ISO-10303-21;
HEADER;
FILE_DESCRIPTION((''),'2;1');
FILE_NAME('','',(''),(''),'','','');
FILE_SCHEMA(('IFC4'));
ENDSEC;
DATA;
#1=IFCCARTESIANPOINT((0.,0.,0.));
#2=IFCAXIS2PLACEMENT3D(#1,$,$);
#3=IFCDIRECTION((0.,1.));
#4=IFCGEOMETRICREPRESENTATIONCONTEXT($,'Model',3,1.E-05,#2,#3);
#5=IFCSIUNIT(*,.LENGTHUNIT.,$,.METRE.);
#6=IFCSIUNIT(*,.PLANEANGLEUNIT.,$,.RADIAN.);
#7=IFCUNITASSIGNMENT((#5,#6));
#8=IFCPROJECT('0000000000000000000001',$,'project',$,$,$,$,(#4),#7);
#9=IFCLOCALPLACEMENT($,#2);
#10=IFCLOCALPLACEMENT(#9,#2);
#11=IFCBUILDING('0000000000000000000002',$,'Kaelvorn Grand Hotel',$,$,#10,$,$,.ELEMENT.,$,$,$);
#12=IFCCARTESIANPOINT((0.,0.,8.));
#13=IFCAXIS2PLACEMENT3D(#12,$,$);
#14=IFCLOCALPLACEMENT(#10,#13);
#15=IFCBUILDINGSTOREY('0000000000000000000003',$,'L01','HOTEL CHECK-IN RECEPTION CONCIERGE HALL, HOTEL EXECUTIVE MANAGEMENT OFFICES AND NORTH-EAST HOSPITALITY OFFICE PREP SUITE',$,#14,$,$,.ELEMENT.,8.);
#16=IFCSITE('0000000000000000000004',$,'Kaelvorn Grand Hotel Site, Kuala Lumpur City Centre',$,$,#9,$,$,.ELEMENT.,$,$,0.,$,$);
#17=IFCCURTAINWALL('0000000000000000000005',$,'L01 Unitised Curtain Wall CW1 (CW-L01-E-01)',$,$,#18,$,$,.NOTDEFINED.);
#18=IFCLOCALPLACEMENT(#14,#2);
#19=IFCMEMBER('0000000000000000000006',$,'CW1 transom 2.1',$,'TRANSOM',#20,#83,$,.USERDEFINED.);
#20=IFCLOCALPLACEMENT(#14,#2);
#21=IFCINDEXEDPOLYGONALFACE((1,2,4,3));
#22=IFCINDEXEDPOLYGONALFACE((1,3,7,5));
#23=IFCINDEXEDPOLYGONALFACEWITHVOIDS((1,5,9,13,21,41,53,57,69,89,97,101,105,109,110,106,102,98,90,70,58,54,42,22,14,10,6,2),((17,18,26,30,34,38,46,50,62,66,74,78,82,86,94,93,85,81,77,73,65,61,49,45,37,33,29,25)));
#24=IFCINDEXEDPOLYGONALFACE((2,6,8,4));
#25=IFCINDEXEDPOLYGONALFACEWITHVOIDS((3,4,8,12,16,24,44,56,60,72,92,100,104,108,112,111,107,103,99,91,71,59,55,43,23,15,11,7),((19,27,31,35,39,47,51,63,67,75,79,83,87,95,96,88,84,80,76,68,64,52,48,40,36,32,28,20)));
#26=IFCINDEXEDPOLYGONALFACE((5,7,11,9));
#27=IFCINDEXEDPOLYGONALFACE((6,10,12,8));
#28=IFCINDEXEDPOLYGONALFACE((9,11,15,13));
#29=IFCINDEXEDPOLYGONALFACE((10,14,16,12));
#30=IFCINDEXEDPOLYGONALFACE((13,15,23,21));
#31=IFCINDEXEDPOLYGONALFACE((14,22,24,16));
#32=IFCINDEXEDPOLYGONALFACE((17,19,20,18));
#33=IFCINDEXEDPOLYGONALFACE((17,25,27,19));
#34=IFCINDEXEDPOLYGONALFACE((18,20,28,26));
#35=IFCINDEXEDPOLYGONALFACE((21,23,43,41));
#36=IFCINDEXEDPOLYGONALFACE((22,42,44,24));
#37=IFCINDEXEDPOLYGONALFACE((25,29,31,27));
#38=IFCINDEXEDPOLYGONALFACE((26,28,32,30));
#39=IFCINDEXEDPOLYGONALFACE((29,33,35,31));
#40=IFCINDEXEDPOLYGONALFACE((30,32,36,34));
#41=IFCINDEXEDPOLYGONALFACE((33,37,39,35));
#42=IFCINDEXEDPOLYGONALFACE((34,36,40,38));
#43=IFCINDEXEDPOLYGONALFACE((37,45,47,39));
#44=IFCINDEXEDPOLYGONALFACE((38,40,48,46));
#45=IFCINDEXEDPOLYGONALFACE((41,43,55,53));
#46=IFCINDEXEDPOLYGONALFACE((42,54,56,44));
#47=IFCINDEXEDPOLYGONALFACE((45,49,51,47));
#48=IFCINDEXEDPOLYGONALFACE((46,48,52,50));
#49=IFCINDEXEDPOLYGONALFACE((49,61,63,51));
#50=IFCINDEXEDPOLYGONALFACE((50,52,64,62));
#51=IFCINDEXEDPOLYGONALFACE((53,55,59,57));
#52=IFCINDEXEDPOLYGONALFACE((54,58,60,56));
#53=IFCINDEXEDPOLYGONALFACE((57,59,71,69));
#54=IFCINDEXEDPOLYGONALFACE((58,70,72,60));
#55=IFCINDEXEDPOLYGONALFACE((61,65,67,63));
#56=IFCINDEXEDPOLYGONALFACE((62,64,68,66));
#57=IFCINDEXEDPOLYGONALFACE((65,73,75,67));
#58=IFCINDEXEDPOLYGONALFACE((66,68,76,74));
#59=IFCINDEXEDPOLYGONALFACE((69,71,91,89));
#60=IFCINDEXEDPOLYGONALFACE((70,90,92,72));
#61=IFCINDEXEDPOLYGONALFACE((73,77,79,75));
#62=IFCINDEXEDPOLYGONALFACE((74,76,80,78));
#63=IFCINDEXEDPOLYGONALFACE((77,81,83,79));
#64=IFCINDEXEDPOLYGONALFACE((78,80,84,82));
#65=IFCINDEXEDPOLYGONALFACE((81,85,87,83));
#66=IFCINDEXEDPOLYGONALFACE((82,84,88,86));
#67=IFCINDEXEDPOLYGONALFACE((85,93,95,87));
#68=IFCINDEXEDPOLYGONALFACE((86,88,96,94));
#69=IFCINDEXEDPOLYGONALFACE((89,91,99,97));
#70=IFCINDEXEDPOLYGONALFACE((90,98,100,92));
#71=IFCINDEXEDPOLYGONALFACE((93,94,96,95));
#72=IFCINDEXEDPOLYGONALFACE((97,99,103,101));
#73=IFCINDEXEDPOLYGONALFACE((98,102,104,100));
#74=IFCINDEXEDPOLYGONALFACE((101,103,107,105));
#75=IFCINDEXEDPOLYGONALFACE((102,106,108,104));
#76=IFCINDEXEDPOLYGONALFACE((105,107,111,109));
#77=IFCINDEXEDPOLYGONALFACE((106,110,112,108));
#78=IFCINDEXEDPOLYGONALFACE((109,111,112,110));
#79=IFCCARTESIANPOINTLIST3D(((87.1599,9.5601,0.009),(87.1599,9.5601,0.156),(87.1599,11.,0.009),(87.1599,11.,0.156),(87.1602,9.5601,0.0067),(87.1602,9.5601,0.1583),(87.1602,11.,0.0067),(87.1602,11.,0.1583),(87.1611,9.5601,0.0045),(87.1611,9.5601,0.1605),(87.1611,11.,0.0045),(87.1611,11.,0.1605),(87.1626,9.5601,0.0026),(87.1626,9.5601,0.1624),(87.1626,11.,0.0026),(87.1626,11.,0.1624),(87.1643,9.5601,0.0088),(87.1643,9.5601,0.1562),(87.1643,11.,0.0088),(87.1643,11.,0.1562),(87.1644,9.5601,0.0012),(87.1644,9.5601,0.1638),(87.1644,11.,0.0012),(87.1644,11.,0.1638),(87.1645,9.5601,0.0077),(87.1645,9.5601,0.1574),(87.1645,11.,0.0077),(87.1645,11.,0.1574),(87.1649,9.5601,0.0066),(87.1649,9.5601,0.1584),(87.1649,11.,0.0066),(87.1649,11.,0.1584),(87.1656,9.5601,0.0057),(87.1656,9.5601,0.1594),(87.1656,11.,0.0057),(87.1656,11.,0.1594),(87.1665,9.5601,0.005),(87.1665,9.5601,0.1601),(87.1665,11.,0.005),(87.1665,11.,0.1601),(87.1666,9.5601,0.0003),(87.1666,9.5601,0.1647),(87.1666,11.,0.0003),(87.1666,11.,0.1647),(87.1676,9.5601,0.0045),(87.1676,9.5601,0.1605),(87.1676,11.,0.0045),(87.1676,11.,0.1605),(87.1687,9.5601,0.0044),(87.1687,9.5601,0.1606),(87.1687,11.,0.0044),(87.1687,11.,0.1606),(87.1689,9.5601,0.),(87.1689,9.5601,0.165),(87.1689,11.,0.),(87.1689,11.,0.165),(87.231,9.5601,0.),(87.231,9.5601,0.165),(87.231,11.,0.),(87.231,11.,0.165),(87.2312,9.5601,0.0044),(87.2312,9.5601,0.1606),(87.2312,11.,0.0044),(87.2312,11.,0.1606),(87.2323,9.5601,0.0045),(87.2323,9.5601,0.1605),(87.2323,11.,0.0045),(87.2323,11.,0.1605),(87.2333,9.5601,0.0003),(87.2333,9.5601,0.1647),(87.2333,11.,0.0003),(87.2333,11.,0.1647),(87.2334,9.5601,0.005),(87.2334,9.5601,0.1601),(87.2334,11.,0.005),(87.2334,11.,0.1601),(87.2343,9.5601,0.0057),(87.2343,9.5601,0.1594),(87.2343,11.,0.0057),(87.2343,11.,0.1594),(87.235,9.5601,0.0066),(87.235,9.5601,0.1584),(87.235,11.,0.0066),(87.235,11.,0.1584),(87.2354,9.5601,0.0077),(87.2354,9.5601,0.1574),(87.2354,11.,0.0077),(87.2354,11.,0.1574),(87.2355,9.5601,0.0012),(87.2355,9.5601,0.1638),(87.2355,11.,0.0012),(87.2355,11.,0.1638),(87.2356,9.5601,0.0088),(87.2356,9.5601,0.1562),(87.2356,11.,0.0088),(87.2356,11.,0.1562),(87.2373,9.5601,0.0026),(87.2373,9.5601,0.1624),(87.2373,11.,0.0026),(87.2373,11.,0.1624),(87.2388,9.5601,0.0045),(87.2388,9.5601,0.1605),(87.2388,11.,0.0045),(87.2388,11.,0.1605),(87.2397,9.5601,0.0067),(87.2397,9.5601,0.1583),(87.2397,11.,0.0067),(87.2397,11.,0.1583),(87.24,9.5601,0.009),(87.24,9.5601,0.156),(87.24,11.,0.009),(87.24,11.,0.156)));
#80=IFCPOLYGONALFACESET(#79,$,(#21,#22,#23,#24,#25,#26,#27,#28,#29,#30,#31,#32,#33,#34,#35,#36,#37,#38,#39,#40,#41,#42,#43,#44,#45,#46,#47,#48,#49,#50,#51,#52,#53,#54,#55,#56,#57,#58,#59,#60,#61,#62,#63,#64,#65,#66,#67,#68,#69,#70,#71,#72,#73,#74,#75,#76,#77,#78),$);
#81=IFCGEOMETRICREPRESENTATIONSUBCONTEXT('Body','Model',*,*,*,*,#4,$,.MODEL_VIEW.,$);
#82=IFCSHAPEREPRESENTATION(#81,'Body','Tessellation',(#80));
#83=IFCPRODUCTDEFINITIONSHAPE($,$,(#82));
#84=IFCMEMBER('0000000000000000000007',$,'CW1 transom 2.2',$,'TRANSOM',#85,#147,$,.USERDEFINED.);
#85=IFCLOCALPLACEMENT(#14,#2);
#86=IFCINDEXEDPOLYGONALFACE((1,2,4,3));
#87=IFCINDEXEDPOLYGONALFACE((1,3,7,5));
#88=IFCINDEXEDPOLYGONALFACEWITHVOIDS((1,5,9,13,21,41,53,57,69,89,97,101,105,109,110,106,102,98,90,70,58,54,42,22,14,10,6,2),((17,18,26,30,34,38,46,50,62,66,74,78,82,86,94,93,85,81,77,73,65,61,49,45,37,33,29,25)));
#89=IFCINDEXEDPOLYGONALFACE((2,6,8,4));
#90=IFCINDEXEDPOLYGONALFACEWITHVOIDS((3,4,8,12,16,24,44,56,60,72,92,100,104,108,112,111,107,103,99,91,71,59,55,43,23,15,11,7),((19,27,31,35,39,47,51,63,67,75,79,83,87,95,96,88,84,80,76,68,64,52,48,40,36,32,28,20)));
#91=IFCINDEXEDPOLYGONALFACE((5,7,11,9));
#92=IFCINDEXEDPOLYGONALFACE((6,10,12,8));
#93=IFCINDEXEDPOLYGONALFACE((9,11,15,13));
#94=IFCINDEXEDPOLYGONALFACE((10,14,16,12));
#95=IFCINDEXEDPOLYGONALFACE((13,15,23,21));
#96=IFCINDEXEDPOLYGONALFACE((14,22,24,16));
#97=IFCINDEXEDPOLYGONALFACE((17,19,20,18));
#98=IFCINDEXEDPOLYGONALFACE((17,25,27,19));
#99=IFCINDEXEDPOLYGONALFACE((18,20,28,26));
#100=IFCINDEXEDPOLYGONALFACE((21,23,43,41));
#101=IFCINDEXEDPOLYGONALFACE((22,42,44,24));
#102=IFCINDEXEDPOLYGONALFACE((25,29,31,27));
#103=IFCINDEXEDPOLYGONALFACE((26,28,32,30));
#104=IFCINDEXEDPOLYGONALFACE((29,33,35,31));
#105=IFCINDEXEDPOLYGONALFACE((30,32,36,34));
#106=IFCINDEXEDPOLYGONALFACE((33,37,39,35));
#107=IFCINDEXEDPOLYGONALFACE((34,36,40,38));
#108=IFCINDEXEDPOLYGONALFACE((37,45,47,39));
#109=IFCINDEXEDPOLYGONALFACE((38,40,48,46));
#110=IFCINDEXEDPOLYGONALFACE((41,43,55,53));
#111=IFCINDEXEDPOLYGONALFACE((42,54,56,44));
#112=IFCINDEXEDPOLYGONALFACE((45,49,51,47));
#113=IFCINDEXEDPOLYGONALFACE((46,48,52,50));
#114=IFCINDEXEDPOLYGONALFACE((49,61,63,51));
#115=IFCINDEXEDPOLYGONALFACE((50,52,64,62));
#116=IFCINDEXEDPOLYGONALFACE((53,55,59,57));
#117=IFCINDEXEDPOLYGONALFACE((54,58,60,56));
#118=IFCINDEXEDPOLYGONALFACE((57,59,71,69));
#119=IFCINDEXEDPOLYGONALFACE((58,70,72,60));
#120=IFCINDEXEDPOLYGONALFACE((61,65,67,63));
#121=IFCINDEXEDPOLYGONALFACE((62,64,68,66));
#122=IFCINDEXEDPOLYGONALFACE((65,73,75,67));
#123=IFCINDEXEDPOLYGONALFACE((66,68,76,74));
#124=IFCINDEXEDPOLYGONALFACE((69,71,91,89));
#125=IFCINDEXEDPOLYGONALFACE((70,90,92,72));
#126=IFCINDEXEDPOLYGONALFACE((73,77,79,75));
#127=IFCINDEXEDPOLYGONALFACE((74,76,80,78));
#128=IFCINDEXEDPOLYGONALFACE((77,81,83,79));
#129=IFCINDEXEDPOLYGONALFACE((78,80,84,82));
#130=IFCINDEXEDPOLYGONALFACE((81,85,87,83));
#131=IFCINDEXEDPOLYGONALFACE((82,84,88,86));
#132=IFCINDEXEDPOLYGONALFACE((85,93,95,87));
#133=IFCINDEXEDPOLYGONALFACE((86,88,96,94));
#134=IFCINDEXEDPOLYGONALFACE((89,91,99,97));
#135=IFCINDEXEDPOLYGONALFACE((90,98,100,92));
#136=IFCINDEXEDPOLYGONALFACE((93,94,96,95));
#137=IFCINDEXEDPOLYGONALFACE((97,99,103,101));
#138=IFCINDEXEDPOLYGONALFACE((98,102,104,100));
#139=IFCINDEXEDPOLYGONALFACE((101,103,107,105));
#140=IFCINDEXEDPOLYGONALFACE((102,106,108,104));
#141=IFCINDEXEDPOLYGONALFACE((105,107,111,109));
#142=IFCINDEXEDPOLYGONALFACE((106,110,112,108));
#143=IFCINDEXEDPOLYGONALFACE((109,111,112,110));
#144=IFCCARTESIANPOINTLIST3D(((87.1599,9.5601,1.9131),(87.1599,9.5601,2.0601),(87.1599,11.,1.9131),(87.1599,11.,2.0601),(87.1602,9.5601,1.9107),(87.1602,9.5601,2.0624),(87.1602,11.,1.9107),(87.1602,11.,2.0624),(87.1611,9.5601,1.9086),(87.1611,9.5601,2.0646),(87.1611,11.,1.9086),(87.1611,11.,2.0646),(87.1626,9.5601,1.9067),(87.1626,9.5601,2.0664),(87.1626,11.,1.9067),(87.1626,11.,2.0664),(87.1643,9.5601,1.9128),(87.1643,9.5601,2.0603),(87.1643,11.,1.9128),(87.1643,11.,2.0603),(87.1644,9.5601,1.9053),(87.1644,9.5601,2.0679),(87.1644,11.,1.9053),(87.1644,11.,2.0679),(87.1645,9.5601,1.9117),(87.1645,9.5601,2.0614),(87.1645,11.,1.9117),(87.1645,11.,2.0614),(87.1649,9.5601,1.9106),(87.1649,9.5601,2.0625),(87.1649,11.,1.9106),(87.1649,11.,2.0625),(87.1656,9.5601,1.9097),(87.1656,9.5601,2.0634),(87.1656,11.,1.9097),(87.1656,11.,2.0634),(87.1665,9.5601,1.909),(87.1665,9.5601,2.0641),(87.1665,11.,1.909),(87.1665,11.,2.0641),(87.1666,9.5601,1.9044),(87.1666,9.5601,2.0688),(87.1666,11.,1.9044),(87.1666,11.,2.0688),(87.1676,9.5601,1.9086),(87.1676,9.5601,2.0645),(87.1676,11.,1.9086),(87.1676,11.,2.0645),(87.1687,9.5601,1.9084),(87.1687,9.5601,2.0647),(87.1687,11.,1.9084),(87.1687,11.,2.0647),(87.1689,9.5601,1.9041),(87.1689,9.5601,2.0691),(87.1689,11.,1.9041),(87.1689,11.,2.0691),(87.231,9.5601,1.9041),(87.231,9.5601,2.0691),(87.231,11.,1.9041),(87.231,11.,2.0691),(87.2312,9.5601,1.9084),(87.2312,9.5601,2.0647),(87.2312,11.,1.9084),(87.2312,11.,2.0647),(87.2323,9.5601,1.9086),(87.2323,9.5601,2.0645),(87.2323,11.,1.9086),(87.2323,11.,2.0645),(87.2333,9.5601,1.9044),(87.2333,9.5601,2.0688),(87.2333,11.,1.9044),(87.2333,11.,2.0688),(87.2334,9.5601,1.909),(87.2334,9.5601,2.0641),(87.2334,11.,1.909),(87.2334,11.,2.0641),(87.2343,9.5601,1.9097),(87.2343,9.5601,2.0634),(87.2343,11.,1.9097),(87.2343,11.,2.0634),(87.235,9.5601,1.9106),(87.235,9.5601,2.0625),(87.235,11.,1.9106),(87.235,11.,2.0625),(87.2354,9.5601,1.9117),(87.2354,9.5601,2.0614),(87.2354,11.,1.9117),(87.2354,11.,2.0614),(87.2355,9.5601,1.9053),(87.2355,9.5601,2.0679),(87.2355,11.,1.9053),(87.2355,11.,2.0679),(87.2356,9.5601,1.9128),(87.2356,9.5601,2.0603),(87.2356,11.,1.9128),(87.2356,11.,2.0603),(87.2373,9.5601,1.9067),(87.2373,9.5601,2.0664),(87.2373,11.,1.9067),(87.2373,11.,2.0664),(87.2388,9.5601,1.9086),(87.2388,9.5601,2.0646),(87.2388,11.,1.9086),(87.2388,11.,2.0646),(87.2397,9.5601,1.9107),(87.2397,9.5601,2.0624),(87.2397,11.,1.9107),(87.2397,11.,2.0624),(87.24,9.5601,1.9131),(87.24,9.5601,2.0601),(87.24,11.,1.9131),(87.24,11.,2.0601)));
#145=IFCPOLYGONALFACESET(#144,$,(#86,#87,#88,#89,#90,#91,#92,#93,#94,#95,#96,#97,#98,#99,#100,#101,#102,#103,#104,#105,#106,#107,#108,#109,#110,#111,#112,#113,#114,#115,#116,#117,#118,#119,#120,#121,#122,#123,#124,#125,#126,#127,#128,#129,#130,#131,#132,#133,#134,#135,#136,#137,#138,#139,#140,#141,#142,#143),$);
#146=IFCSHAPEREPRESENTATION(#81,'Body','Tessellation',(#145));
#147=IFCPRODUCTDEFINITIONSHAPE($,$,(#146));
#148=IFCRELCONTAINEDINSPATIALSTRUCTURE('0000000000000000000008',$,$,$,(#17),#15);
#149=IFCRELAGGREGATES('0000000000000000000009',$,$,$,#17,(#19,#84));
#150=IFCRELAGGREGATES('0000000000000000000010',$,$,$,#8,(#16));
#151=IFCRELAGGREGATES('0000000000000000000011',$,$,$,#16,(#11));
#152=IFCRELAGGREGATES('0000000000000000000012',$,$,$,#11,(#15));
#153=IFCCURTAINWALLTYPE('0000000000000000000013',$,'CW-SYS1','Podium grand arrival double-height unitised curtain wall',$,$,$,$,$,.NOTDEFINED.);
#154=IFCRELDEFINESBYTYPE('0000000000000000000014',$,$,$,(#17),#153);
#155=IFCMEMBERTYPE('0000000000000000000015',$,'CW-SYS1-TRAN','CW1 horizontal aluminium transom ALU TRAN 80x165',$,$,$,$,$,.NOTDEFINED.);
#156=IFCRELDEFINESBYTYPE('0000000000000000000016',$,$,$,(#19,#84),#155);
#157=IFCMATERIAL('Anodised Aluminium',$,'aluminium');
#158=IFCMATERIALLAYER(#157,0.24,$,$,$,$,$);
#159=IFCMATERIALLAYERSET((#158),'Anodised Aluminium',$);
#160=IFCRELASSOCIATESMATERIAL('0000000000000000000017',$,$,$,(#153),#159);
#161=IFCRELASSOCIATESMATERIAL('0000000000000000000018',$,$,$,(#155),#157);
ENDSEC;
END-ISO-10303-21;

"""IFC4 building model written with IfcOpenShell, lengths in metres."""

from ifc_helpers import new_model, si_unit, direction, frame, origin, origin_2d, place, context, subcontext, project, spatial, hollow_rectangle, extrude, material, layer, layer_set, material_profile, profile_set, type_object, element, aggregate, save


model = new_model("IFC4")

# Units and contexts
model_context = context("Model", 3, precision=1e-05, world=origin(), true_north=direction((0.0, 1.0)))
body_context = subcontext(model_context, "Body", "Model", "MODEL_VIEW")
ifc_project = project(units=[si_unit("LENGTHUNIT", "METRE"), si_unit("PLANEANGLEUNIT", "RADIAN")], contexts=[model_context])

# Site, building, storey
site_placement = place(None, origin())
site = spatial("IfcSite", under=ifc_project, at=site_placement, Name="Kaelvorn Grand Hotel Site, Kuala Lumpur City Centre", CompositionType="ELEMENT", RefElevation=0.0)
building_placement = place(site_placement, origin())
building = spatial("IfcBuilding", under=site, at=building_placement, Name="Kaelvorn Grand Hotel", CompositionType="ELEMENT")
storey_placement = place(building_placement, frame((0.0, 0.0, 8.0)))
storey = spatial("IfcBuildingStorey", under=building, at=storey_placement, Name="L01", Description="HOTEL CHECK-IN RECEPTION CONCIERGE HALL, HOTEL EXECUTIVE MANAGEMENT OFFICES AND NORTH-EAST HOSPITALITY OFFICE PREP SUITE", CompositionType="ELEMENT", Elevation=8.0)

# Curtain wall, members
ifc_material_1 = material(Name="Anodised Aluminium", Category="aluminium")
ifc_layer_1 = layer(ifc_material_1, 0.24)
ifc_layer_set_1 = layer_set([ifc_layer_1], Name="Anodised Aluminium")
curtain_wall_type = type_object("IfcCurtainWallType", Name="CW-SYS1", Description="Podium grand arrival double-height unitised curtain wall", PredefinedType="NOTDEFINED", material=ifc_layer_set_1)
curtain_wall_placement = place(storey_placement, origin())
curtain_wall = element("IfcCurtainWall", 1, at=curtain_wall_placement, inside=storey, type_object=curtain_wall_type, Name="L01 Unitised Curtain Wall CW1 (CW-L01-E-01)", PredefinedType="NOTDEFINED")
ifc_material_profile_1 = material_profile(ifc_material_1, hollow_rectangle(XDim=0.0801, YDim=0.165, WallThickness=0.0044, InnerFilletRadius=0.0044, OuterFilletRadius=0.009, at=origin_2d()), Name="ALU TRAN 80x165")
ifc_profile_set_1 = profile_set([ifc_material_profile_1], Name="Anodised Aluminium")
member_type_1 = type_object("IfcMemberType", Name="CW-SYS1-TRAN", Description="CW1 horizontal aluminium transom ALU TRAN 80x165", PredefinedType="NOTDEFINED", material=ifc_profile_set_1)
member_1_placement = place(storey_placement, frame((87.2, 9.5601, 0.0825), z_axis=(0.0, 1.0, 0.0), x_axis=(-1.0, 0.0, 0.0)))
member_1 = element("IfcMember", 2, at=member_1_placement, type_object=member_type_1, Name="CW1 transom 2.1", ObjectType="TRANSOM", PredefinedType="USERDEFINED", context=body_context, shape_type="SweptSolid", body=[
    extrude(hollow_rectangle(XDim=0.0801, YDim=0.165, WallThickness=0.0044, InnerFilletRadius=0.0044, OuterFilletRadius=0.009, at=origin_2d()), origin(), (0.0, 0.0, 1.0), 1.4399),
])
member_2_placement = place(storey_placement, frame((87.2, 9.5601, 1.9866), z_axis=(0.0, 1.0, 0.0), x_axis=(-1.0, 0.0, 0.0)))
member_2 = element("IfcMember", 3, at=member_2_placement, type_object=member_type_1, Name="CW1 transom 2.2", ObjectType="TRANSOM", PredefinedType="USERDEFINED", context=body_context, shape_type="SweptSolid", body=[
    extrude(hollow_rectangle(XDim=0.0801, YDim=0.165, WallThickness=0.0044, InnerFilletRadius=0.0044, OuterFilletRadius=0.009, at=origin_2d()), origin(), (0.0, 0.0, 1.0), 1.4399),
])
aggregate(curtain_wall, [member_1, member_2])

save(model, "model.ifc")
